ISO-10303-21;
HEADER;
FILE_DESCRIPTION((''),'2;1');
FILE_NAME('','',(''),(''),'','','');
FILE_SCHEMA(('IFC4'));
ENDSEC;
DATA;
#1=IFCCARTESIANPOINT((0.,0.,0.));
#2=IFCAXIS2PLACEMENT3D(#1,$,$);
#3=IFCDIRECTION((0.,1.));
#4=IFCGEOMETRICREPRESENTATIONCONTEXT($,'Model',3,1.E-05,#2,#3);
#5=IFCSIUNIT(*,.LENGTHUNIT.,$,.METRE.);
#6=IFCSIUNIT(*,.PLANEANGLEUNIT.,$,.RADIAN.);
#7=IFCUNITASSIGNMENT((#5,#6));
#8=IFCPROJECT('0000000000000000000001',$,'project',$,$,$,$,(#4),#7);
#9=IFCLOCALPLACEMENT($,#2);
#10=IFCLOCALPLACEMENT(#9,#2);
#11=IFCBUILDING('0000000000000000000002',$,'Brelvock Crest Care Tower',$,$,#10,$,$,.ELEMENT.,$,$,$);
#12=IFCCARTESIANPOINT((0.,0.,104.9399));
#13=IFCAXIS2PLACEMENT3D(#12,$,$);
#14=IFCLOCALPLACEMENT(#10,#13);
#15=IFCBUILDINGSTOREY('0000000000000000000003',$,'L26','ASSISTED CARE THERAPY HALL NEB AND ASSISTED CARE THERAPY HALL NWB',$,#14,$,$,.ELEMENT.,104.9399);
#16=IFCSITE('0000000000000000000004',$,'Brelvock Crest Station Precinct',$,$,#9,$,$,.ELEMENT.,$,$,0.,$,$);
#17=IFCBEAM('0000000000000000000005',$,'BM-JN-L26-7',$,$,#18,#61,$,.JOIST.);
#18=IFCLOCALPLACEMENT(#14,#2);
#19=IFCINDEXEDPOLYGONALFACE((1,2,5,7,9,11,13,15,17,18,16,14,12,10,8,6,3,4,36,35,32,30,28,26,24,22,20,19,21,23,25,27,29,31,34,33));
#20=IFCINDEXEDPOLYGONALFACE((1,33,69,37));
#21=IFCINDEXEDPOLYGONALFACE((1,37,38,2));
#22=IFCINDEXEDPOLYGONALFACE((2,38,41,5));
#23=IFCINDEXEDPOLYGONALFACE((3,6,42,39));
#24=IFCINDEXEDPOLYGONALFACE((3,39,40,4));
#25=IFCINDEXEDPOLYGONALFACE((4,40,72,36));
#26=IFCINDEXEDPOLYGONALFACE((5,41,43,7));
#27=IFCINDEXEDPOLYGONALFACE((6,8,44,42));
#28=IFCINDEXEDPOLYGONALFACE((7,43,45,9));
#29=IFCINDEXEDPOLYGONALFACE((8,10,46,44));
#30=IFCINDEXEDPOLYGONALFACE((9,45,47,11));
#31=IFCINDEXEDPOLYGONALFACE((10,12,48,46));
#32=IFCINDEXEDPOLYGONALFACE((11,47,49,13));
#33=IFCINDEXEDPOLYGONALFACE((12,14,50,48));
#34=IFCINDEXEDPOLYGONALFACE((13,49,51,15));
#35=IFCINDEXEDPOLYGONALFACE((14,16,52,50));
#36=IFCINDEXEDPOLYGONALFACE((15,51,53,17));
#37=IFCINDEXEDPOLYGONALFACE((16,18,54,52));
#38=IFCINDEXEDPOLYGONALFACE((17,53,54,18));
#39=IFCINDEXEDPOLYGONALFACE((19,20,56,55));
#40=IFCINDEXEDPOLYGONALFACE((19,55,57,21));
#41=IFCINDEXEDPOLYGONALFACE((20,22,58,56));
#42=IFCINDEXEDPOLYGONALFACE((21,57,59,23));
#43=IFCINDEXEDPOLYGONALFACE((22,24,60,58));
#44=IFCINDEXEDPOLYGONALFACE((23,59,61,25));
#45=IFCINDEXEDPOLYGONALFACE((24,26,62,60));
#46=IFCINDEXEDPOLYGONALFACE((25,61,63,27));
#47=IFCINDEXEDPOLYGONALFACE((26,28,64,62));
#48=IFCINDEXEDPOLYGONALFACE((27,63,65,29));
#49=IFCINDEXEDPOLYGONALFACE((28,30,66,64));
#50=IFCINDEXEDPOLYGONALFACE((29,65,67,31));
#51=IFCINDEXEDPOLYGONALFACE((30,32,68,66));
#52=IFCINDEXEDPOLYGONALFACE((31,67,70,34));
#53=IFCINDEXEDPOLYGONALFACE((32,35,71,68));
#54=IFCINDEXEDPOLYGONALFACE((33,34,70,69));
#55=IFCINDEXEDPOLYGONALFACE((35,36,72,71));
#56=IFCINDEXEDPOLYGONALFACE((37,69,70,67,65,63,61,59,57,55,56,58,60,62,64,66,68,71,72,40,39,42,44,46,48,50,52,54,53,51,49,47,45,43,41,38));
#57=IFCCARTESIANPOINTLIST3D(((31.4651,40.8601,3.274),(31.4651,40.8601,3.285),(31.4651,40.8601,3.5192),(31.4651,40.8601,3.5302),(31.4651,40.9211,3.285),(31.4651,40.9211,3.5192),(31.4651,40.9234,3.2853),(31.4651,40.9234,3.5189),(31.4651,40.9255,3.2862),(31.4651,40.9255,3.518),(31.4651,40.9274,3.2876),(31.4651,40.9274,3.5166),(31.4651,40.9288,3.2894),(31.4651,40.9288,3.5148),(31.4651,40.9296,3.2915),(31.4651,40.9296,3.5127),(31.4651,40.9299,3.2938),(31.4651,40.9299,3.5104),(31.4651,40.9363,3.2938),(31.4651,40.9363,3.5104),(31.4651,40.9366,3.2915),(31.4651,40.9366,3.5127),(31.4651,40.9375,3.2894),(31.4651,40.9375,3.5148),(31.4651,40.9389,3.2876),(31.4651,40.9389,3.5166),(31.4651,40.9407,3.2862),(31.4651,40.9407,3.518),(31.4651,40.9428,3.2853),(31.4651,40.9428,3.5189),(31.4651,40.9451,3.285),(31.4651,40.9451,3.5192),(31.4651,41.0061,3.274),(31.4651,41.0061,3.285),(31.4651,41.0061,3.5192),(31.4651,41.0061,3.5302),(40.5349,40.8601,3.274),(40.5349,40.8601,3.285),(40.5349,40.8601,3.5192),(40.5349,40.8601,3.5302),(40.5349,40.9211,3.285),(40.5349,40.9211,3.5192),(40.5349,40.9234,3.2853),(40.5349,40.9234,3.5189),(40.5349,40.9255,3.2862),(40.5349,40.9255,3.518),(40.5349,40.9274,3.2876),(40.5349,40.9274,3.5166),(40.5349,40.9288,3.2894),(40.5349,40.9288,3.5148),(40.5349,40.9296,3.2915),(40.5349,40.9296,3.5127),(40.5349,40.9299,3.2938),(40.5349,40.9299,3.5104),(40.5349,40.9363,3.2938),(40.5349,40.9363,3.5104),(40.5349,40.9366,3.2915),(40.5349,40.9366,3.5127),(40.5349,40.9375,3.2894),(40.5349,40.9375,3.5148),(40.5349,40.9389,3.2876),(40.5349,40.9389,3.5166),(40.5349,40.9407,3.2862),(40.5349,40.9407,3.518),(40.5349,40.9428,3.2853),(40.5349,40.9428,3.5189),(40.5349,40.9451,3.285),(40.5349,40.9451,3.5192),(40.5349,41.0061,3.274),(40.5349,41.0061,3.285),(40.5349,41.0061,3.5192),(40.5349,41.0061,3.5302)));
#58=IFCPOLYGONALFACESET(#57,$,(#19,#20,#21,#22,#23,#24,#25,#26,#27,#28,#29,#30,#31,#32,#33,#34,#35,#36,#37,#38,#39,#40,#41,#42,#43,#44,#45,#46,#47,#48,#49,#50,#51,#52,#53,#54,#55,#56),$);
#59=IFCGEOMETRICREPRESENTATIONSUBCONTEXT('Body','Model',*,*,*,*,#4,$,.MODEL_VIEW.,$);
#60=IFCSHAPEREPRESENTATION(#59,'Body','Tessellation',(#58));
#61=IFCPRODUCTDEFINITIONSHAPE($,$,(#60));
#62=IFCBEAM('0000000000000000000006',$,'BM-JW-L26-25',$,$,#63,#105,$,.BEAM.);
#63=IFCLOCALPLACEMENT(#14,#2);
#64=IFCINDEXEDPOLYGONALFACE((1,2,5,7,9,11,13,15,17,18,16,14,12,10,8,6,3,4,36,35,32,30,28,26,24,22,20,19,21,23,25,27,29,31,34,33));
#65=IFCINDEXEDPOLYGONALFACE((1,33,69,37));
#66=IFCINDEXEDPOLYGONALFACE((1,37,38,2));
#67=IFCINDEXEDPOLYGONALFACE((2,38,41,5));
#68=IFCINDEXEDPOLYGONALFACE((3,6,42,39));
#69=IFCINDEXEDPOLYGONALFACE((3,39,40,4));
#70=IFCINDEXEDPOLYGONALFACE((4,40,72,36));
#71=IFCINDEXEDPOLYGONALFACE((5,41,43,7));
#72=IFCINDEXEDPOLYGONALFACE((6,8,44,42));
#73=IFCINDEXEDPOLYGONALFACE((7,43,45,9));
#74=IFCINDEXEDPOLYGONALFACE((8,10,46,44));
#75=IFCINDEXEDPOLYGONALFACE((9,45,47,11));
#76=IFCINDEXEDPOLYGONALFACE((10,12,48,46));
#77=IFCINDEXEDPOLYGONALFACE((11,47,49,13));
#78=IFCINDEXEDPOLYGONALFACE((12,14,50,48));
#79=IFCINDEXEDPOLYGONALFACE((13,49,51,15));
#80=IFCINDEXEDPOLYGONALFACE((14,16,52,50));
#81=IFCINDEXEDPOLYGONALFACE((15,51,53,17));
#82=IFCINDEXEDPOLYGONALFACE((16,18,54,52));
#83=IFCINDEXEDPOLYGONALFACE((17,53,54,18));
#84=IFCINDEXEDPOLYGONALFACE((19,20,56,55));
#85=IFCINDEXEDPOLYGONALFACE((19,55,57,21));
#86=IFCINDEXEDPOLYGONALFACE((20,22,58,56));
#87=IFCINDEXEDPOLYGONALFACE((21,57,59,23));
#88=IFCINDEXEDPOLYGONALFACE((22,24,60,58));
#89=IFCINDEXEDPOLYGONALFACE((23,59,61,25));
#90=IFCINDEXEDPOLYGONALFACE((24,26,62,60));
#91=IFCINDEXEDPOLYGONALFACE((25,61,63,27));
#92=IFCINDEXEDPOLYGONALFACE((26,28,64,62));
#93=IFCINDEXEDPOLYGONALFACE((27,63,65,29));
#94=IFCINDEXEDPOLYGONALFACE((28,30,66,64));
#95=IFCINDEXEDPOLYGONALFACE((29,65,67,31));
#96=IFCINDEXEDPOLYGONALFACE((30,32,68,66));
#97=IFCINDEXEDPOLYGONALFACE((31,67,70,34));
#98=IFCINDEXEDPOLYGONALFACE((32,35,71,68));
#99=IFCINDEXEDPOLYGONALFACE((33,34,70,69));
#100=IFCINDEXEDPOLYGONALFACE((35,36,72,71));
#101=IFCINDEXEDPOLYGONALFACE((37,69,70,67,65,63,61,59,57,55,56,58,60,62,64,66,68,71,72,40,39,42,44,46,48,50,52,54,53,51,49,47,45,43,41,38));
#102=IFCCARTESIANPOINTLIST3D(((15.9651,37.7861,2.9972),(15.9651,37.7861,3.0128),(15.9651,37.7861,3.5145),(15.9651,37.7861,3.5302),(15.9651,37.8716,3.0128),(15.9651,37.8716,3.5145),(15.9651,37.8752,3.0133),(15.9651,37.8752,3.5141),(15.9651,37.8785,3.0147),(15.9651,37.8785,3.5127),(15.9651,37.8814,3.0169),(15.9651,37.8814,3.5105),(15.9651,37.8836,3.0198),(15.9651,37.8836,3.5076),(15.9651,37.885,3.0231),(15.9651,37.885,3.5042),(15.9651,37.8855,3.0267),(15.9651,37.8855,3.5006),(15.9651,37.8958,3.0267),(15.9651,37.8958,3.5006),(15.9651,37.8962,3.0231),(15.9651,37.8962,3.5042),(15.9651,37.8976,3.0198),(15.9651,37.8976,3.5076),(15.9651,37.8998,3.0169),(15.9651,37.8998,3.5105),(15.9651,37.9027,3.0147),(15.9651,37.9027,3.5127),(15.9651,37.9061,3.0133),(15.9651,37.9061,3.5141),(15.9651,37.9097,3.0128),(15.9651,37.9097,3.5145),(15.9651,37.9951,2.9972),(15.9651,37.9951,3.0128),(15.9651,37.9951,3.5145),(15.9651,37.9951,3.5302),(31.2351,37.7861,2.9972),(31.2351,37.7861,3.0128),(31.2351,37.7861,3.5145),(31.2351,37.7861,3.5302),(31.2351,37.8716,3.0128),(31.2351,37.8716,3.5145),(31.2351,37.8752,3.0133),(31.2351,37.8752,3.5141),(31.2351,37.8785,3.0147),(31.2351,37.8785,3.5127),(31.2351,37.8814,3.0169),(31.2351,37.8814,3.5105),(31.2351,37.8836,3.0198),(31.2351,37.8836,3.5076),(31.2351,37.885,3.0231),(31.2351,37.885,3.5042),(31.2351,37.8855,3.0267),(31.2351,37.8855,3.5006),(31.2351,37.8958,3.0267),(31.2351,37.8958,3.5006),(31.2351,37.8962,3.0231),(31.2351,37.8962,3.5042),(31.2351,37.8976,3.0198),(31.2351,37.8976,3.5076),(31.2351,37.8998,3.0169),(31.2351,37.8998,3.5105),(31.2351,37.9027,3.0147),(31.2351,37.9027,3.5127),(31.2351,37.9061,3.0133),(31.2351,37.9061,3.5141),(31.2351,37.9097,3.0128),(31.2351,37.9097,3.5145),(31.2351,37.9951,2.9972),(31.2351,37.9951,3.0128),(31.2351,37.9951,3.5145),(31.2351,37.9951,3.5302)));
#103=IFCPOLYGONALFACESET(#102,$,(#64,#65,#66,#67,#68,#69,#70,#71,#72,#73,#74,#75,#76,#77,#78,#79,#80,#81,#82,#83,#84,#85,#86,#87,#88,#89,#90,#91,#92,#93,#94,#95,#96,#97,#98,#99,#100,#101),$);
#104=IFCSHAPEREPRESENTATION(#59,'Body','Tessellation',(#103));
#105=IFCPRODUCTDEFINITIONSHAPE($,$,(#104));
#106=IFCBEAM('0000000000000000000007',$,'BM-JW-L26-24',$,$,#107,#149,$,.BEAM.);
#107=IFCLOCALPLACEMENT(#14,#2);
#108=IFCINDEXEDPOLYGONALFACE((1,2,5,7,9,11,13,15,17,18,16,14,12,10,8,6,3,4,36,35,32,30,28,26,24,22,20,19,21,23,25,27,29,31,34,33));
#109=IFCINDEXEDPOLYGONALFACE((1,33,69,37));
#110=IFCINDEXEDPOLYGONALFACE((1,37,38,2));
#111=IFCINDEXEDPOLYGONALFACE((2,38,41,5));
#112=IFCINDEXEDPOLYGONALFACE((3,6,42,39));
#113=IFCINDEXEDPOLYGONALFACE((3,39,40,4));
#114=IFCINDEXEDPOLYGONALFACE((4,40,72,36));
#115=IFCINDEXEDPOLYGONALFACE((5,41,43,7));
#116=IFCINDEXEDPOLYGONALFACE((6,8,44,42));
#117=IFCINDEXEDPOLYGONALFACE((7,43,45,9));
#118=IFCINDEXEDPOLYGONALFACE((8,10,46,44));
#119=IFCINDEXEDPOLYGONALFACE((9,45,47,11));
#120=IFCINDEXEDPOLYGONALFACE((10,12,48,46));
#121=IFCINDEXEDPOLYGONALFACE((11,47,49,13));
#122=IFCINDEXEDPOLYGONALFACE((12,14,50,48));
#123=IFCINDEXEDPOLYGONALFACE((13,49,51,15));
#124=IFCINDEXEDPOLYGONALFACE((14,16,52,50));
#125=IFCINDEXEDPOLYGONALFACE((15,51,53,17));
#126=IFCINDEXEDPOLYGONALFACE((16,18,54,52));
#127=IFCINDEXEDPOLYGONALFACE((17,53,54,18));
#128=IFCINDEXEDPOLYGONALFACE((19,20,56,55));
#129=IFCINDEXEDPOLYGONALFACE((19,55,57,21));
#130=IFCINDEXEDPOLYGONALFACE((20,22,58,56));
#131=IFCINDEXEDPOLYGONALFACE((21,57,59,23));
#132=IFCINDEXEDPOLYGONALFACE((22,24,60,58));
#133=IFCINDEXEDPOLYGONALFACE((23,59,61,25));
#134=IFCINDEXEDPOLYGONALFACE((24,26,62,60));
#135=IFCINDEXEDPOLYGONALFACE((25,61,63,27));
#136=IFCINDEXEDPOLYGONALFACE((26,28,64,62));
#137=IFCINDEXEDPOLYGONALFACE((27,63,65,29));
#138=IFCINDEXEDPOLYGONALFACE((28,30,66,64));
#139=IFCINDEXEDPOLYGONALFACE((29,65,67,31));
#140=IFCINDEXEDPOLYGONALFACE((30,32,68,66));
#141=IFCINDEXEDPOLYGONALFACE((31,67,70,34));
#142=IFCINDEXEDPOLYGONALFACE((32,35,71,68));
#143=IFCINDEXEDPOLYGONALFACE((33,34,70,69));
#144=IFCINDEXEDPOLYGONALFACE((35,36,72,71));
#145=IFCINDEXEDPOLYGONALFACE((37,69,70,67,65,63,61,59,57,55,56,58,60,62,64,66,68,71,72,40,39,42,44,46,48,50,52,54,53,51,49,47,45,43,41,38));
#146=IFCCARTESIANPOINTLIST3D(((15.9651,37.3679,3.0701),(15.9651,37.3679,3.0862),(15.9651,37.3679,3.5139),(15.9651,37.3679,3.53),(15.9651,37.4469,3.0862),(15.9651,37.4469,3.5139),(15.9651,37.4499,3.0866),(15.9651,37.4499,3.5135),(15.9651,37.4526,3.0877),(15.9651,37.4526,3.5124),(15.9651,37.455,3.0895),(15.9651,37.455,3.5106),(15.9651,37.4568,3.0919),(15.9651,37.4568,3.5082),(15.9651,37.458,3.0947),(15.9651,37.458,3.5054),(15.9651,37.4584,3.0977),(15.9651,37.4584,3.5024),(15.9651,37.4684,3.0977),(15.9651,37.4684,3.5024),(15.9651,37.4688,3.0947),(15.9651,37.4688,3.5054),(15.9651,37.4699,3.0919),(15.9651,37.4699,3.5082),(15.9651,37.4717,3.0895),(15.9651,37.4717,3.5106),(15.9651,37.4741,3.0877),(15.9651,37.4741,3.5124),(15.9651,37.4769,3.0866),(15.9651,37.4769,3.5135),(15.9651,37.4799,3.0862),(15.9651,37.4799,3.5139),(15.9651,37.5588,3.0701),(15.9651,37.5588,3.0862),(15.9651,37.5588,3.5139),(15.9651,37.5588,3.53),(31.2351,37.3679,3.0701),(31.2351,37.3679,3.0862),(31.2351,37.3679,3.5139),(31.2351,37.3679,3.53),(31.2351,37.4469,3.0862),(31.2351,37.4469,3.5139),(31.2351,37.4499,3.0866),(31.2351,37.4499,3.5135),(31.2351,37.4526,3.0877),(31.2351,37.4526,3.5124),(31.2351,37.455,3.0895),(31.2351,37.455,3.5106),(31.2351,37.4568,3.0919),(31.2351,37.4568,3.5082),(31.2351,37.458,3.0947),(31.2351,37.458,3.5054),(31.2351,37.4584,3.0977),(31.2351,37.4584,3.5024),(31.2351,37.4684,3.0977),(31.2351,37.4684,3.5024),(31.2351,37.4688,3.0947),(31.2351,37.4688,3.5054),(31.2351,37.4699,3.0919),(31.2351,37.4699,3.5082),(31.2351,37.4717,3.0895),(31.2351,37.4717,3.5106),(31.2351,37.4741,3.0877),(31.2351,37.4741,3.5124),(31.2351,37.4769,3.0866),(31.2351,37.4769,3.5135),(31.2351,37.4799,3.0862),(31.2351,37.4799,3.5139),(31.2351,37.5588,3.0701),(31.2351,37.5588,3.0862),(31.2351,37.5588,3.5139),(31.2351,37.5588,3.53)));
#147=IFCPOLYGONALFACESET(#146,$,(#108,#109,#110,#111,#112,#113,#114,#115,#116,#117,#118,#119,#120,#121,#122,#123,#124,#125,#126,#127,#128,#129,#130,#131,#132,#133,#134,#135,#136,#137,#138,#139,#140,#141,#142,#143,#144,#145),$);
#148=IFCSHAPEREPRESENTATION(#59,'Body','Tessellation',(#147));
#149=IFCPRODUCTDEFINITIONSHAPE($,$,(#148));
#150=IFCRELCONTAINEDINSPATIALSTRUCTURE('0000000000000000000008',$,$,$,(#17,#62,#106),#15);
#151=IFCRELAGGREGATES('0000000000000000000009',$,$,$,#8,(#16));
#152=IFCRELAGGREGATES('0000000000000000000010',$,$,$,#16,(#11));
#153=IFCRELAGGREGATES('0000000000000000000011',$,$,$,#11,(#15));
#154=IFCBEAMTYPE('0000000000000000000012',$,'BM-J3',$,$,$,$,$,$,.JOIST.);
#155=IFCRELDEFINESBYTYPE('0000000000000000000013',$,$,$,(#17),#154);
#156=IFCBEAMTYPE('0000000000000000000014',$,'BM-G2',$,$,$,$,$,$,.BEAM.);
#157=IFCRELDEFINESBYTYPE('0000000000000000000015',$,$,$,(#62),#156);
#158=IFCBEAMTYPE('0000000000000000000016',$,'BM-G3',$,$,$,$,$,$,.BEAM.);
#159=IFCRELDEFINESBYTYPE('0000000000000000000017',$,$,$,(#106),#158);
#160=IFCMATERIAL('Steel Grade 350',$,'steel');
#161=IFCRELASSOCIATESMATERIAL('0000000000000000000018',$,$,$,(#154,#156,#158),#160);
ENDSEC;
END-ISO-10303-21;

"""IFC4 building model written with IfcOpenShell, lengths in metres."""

from ifc_helpers import new_model, si_unit, direction, frame, origin, origin_2d, place, context, subcontext, project, spatial, i_section, extrude, source, transform, mapped, material, material_profile, profile_set, type_object, element, save


model = new_model("IFC4")

# Units and contexts
model_context = context("Model", 3, precision=1e-05, world=origin(), true_north=direction((0.0, 1.0)))
body_context = subcontext(model_context, "Body", "Model", "MODEL_VIEW")
ifc_project = project(units=[si_unit("LENGTHUNIT", "METRE"), si_unit("PLANEANGLEUNIT", "RADIAN")], contexts=[model_context])

# Site, building, storey
site_placement = place(None, origin())
site = spatial("IfcSite", under=ifc_project, at=site_placement, Name="Brelvock Crest Station Precinct", CompositionType="ELEMENT", RefElevation=0.0)
building_placement = place(site_placement, origin())
building = spatial("IfcBuilding", under=site, at=building_placement, Name="Brelvock Crest Care Tower", CompositionType="ELEMENT")
storey_placement = place(building_placement, frame((0.0, 0.0, 104.9399)))
storey = spatial("IfcBuildingStorey", under=building, at=storey_placement, Name="L26", Description="ASSISTED CARE THERAPY HALL NEB AND ASSISTED CARE THERAPY HALL NWB", CompositionType="ELEMENT", Elevation=104.9399)

# Beams
ifc_material_1 = material(Name="Steel Grade 350", Category="steel")
ifc_material_profile_1 = material_profile(ifc_material_1, i_section(OverallWidth=0.146, OverallDepth=0.2561, WebThickness=0.0063, FlangeThickness=0.011, FilletRadius=0.0088, at=origin_2d()), Name="250UB37.3")
ifc_profile_set_1 = profile_set([ifc_material_profile_1], Name="Steel Grade 350")
beam_type_1 = type_object("IfcBeamType", Name="BM-J3", PredefinedType="JOIST", material=ifc_profile_set_1)
shared_shape_1 = source(origin(), body_context, "Body", "SweptSolid", [
    extrude(i_section(OverallWidth=0.146, OverallDepth=0.2561, WebThickness=0.0063, FlangeThickness=0.011, FilletRadius=0.0088, at=origin_2d()), origin(), (0.0, 0.0, 1.0), 9.0698),
])
for number, where, z_axis, x_axis, name in (
    (1, (31.4651, 40.9331, 3.4021), (1.0, 0.0, 0.0), (0.0, 1.0, 0.0), "BM-JN-L26-7"),
):
    element("IfcBeam", number, at=place(storey_placement, frame(where, z_axis=z_axis, x_axis=x_axis)), inside=storey, type_object=beam_type_1, Name=name, PredefinedType="JOIST", context=body_context, shape_type="MappedRepresentation", body=[
        mapped(shared_shape_1, transform((0.0, 0.0, 0.0), x_axis=(1.0, 0.0, 0.0), y_axis=(0.0, 1.0, 0.0), z_axis=(0.0, 0.0, 1.0), scale=1.0)),
    ])
ifc_material_profile_2 = material_profile(ifc_material_1, i_section(OverallWidth=0.209, OverallDepth=0.533, WebThickness=0.0103, FlangeThickness=0.0156, FilletRadius=0.0139, at=origin_2d()), Name="530UB92.4")
ifc_profile_set_2 = profile_set([ifc_material_profile_2], Name="Steel Grade 350")
beam_type_2 = type_object("IfcBeamType", Name="BM-G2", PredefinedType="BEAM", material=ifc_profile_set_2)
shared_shape_2 = source(origin(), body_context, "Body", "SweptSolid", [
    extrude(i_section(OverallWidth=0.209, OverallDepth=0.533, WebThickness=0.0103, FlangeThickness=0.0156, FilletRadius=0.0139, at=origin_2d()), origin(), (0.0, 0.0, 1.0), 15.27),
])
beam_placement = place(storey_placement, frame((15.9651, 37.8906, 3.2637), z_axis=(1.0, 0.0, 0.0), x_axis=(0.0, 1.0, 0.0)))
element("IfcBeam", 2, at=beam_placement, inside=storey, type_object=beam_type_2, Name="BM-JW-L26-25", PredefinedType="BEAM", context=body_context, shape_type="MappedRepresentation", body=[
    mapped(shared_shape_2, transform((0.0, 0.0, 0.0), x_axis=(1.0, 0.0, 0.0), y_axis=(0.0, 1.0, 0.0), z_axis=(0.0, 0.0, 1.0), scale=1.0)),
])
ifc_material_profile_3 = material_profile(ifc_material_1, i_section(OverallWidth=0.1909, OverallDepth=0.46, WebThickness=0.01, FlangeThickness=0.0161, FilletRadius=0.0115, at=origin_2d()), Name="460UB82.1")
ifc_profile_set_3 = profile_set([ifc_material_profile_3], Name="Steel Grade 350")
beam_type_3 = type_object("IfcBeamType", Name="BM-G3", PredefinedType="BEAM", material=ifc_profile_set_3)
shared_shape_3 = source(origin(), body_context, "Body", "SweptSolid", [
    extrude(i_section(OverallWidth=0.1909, OverallDepth=0.46, WebThickness=0.01, FlangeThickness=0.0161, FilletRadius=0.0115, at=origin_2d()), origin(), (0.0, 0.0, 1.0), 15.27),
])
for number, where, z_axis, x_axis, name in (
    (3, (15.9651, 37.4634, 3.3), (1.0, 0.0, 0.0), (0.0, 1.0, 0.0), "BM-JW-L26-24"),
):
    element("IfcBeam", number, at=place(storey_placement, frame(where, z_axis=z_axis, x_axis=x_axis)), inside=storey, type_object=beam_type_3, Name=name, PredefinedType="BEAM", context=body_context, shape_type="MappedRepresentation", body=[
        mapped(shared_shape_3, transform((0.0, 0.0, 0.0), x_axis=(1.0, 0.0, 0.0), y_axis=(0.0, 1.0, 0.0), z_axis=(0.0, 0.0, 1.0), scale=1.0)),
    ])

save(model, "model.ifc")
